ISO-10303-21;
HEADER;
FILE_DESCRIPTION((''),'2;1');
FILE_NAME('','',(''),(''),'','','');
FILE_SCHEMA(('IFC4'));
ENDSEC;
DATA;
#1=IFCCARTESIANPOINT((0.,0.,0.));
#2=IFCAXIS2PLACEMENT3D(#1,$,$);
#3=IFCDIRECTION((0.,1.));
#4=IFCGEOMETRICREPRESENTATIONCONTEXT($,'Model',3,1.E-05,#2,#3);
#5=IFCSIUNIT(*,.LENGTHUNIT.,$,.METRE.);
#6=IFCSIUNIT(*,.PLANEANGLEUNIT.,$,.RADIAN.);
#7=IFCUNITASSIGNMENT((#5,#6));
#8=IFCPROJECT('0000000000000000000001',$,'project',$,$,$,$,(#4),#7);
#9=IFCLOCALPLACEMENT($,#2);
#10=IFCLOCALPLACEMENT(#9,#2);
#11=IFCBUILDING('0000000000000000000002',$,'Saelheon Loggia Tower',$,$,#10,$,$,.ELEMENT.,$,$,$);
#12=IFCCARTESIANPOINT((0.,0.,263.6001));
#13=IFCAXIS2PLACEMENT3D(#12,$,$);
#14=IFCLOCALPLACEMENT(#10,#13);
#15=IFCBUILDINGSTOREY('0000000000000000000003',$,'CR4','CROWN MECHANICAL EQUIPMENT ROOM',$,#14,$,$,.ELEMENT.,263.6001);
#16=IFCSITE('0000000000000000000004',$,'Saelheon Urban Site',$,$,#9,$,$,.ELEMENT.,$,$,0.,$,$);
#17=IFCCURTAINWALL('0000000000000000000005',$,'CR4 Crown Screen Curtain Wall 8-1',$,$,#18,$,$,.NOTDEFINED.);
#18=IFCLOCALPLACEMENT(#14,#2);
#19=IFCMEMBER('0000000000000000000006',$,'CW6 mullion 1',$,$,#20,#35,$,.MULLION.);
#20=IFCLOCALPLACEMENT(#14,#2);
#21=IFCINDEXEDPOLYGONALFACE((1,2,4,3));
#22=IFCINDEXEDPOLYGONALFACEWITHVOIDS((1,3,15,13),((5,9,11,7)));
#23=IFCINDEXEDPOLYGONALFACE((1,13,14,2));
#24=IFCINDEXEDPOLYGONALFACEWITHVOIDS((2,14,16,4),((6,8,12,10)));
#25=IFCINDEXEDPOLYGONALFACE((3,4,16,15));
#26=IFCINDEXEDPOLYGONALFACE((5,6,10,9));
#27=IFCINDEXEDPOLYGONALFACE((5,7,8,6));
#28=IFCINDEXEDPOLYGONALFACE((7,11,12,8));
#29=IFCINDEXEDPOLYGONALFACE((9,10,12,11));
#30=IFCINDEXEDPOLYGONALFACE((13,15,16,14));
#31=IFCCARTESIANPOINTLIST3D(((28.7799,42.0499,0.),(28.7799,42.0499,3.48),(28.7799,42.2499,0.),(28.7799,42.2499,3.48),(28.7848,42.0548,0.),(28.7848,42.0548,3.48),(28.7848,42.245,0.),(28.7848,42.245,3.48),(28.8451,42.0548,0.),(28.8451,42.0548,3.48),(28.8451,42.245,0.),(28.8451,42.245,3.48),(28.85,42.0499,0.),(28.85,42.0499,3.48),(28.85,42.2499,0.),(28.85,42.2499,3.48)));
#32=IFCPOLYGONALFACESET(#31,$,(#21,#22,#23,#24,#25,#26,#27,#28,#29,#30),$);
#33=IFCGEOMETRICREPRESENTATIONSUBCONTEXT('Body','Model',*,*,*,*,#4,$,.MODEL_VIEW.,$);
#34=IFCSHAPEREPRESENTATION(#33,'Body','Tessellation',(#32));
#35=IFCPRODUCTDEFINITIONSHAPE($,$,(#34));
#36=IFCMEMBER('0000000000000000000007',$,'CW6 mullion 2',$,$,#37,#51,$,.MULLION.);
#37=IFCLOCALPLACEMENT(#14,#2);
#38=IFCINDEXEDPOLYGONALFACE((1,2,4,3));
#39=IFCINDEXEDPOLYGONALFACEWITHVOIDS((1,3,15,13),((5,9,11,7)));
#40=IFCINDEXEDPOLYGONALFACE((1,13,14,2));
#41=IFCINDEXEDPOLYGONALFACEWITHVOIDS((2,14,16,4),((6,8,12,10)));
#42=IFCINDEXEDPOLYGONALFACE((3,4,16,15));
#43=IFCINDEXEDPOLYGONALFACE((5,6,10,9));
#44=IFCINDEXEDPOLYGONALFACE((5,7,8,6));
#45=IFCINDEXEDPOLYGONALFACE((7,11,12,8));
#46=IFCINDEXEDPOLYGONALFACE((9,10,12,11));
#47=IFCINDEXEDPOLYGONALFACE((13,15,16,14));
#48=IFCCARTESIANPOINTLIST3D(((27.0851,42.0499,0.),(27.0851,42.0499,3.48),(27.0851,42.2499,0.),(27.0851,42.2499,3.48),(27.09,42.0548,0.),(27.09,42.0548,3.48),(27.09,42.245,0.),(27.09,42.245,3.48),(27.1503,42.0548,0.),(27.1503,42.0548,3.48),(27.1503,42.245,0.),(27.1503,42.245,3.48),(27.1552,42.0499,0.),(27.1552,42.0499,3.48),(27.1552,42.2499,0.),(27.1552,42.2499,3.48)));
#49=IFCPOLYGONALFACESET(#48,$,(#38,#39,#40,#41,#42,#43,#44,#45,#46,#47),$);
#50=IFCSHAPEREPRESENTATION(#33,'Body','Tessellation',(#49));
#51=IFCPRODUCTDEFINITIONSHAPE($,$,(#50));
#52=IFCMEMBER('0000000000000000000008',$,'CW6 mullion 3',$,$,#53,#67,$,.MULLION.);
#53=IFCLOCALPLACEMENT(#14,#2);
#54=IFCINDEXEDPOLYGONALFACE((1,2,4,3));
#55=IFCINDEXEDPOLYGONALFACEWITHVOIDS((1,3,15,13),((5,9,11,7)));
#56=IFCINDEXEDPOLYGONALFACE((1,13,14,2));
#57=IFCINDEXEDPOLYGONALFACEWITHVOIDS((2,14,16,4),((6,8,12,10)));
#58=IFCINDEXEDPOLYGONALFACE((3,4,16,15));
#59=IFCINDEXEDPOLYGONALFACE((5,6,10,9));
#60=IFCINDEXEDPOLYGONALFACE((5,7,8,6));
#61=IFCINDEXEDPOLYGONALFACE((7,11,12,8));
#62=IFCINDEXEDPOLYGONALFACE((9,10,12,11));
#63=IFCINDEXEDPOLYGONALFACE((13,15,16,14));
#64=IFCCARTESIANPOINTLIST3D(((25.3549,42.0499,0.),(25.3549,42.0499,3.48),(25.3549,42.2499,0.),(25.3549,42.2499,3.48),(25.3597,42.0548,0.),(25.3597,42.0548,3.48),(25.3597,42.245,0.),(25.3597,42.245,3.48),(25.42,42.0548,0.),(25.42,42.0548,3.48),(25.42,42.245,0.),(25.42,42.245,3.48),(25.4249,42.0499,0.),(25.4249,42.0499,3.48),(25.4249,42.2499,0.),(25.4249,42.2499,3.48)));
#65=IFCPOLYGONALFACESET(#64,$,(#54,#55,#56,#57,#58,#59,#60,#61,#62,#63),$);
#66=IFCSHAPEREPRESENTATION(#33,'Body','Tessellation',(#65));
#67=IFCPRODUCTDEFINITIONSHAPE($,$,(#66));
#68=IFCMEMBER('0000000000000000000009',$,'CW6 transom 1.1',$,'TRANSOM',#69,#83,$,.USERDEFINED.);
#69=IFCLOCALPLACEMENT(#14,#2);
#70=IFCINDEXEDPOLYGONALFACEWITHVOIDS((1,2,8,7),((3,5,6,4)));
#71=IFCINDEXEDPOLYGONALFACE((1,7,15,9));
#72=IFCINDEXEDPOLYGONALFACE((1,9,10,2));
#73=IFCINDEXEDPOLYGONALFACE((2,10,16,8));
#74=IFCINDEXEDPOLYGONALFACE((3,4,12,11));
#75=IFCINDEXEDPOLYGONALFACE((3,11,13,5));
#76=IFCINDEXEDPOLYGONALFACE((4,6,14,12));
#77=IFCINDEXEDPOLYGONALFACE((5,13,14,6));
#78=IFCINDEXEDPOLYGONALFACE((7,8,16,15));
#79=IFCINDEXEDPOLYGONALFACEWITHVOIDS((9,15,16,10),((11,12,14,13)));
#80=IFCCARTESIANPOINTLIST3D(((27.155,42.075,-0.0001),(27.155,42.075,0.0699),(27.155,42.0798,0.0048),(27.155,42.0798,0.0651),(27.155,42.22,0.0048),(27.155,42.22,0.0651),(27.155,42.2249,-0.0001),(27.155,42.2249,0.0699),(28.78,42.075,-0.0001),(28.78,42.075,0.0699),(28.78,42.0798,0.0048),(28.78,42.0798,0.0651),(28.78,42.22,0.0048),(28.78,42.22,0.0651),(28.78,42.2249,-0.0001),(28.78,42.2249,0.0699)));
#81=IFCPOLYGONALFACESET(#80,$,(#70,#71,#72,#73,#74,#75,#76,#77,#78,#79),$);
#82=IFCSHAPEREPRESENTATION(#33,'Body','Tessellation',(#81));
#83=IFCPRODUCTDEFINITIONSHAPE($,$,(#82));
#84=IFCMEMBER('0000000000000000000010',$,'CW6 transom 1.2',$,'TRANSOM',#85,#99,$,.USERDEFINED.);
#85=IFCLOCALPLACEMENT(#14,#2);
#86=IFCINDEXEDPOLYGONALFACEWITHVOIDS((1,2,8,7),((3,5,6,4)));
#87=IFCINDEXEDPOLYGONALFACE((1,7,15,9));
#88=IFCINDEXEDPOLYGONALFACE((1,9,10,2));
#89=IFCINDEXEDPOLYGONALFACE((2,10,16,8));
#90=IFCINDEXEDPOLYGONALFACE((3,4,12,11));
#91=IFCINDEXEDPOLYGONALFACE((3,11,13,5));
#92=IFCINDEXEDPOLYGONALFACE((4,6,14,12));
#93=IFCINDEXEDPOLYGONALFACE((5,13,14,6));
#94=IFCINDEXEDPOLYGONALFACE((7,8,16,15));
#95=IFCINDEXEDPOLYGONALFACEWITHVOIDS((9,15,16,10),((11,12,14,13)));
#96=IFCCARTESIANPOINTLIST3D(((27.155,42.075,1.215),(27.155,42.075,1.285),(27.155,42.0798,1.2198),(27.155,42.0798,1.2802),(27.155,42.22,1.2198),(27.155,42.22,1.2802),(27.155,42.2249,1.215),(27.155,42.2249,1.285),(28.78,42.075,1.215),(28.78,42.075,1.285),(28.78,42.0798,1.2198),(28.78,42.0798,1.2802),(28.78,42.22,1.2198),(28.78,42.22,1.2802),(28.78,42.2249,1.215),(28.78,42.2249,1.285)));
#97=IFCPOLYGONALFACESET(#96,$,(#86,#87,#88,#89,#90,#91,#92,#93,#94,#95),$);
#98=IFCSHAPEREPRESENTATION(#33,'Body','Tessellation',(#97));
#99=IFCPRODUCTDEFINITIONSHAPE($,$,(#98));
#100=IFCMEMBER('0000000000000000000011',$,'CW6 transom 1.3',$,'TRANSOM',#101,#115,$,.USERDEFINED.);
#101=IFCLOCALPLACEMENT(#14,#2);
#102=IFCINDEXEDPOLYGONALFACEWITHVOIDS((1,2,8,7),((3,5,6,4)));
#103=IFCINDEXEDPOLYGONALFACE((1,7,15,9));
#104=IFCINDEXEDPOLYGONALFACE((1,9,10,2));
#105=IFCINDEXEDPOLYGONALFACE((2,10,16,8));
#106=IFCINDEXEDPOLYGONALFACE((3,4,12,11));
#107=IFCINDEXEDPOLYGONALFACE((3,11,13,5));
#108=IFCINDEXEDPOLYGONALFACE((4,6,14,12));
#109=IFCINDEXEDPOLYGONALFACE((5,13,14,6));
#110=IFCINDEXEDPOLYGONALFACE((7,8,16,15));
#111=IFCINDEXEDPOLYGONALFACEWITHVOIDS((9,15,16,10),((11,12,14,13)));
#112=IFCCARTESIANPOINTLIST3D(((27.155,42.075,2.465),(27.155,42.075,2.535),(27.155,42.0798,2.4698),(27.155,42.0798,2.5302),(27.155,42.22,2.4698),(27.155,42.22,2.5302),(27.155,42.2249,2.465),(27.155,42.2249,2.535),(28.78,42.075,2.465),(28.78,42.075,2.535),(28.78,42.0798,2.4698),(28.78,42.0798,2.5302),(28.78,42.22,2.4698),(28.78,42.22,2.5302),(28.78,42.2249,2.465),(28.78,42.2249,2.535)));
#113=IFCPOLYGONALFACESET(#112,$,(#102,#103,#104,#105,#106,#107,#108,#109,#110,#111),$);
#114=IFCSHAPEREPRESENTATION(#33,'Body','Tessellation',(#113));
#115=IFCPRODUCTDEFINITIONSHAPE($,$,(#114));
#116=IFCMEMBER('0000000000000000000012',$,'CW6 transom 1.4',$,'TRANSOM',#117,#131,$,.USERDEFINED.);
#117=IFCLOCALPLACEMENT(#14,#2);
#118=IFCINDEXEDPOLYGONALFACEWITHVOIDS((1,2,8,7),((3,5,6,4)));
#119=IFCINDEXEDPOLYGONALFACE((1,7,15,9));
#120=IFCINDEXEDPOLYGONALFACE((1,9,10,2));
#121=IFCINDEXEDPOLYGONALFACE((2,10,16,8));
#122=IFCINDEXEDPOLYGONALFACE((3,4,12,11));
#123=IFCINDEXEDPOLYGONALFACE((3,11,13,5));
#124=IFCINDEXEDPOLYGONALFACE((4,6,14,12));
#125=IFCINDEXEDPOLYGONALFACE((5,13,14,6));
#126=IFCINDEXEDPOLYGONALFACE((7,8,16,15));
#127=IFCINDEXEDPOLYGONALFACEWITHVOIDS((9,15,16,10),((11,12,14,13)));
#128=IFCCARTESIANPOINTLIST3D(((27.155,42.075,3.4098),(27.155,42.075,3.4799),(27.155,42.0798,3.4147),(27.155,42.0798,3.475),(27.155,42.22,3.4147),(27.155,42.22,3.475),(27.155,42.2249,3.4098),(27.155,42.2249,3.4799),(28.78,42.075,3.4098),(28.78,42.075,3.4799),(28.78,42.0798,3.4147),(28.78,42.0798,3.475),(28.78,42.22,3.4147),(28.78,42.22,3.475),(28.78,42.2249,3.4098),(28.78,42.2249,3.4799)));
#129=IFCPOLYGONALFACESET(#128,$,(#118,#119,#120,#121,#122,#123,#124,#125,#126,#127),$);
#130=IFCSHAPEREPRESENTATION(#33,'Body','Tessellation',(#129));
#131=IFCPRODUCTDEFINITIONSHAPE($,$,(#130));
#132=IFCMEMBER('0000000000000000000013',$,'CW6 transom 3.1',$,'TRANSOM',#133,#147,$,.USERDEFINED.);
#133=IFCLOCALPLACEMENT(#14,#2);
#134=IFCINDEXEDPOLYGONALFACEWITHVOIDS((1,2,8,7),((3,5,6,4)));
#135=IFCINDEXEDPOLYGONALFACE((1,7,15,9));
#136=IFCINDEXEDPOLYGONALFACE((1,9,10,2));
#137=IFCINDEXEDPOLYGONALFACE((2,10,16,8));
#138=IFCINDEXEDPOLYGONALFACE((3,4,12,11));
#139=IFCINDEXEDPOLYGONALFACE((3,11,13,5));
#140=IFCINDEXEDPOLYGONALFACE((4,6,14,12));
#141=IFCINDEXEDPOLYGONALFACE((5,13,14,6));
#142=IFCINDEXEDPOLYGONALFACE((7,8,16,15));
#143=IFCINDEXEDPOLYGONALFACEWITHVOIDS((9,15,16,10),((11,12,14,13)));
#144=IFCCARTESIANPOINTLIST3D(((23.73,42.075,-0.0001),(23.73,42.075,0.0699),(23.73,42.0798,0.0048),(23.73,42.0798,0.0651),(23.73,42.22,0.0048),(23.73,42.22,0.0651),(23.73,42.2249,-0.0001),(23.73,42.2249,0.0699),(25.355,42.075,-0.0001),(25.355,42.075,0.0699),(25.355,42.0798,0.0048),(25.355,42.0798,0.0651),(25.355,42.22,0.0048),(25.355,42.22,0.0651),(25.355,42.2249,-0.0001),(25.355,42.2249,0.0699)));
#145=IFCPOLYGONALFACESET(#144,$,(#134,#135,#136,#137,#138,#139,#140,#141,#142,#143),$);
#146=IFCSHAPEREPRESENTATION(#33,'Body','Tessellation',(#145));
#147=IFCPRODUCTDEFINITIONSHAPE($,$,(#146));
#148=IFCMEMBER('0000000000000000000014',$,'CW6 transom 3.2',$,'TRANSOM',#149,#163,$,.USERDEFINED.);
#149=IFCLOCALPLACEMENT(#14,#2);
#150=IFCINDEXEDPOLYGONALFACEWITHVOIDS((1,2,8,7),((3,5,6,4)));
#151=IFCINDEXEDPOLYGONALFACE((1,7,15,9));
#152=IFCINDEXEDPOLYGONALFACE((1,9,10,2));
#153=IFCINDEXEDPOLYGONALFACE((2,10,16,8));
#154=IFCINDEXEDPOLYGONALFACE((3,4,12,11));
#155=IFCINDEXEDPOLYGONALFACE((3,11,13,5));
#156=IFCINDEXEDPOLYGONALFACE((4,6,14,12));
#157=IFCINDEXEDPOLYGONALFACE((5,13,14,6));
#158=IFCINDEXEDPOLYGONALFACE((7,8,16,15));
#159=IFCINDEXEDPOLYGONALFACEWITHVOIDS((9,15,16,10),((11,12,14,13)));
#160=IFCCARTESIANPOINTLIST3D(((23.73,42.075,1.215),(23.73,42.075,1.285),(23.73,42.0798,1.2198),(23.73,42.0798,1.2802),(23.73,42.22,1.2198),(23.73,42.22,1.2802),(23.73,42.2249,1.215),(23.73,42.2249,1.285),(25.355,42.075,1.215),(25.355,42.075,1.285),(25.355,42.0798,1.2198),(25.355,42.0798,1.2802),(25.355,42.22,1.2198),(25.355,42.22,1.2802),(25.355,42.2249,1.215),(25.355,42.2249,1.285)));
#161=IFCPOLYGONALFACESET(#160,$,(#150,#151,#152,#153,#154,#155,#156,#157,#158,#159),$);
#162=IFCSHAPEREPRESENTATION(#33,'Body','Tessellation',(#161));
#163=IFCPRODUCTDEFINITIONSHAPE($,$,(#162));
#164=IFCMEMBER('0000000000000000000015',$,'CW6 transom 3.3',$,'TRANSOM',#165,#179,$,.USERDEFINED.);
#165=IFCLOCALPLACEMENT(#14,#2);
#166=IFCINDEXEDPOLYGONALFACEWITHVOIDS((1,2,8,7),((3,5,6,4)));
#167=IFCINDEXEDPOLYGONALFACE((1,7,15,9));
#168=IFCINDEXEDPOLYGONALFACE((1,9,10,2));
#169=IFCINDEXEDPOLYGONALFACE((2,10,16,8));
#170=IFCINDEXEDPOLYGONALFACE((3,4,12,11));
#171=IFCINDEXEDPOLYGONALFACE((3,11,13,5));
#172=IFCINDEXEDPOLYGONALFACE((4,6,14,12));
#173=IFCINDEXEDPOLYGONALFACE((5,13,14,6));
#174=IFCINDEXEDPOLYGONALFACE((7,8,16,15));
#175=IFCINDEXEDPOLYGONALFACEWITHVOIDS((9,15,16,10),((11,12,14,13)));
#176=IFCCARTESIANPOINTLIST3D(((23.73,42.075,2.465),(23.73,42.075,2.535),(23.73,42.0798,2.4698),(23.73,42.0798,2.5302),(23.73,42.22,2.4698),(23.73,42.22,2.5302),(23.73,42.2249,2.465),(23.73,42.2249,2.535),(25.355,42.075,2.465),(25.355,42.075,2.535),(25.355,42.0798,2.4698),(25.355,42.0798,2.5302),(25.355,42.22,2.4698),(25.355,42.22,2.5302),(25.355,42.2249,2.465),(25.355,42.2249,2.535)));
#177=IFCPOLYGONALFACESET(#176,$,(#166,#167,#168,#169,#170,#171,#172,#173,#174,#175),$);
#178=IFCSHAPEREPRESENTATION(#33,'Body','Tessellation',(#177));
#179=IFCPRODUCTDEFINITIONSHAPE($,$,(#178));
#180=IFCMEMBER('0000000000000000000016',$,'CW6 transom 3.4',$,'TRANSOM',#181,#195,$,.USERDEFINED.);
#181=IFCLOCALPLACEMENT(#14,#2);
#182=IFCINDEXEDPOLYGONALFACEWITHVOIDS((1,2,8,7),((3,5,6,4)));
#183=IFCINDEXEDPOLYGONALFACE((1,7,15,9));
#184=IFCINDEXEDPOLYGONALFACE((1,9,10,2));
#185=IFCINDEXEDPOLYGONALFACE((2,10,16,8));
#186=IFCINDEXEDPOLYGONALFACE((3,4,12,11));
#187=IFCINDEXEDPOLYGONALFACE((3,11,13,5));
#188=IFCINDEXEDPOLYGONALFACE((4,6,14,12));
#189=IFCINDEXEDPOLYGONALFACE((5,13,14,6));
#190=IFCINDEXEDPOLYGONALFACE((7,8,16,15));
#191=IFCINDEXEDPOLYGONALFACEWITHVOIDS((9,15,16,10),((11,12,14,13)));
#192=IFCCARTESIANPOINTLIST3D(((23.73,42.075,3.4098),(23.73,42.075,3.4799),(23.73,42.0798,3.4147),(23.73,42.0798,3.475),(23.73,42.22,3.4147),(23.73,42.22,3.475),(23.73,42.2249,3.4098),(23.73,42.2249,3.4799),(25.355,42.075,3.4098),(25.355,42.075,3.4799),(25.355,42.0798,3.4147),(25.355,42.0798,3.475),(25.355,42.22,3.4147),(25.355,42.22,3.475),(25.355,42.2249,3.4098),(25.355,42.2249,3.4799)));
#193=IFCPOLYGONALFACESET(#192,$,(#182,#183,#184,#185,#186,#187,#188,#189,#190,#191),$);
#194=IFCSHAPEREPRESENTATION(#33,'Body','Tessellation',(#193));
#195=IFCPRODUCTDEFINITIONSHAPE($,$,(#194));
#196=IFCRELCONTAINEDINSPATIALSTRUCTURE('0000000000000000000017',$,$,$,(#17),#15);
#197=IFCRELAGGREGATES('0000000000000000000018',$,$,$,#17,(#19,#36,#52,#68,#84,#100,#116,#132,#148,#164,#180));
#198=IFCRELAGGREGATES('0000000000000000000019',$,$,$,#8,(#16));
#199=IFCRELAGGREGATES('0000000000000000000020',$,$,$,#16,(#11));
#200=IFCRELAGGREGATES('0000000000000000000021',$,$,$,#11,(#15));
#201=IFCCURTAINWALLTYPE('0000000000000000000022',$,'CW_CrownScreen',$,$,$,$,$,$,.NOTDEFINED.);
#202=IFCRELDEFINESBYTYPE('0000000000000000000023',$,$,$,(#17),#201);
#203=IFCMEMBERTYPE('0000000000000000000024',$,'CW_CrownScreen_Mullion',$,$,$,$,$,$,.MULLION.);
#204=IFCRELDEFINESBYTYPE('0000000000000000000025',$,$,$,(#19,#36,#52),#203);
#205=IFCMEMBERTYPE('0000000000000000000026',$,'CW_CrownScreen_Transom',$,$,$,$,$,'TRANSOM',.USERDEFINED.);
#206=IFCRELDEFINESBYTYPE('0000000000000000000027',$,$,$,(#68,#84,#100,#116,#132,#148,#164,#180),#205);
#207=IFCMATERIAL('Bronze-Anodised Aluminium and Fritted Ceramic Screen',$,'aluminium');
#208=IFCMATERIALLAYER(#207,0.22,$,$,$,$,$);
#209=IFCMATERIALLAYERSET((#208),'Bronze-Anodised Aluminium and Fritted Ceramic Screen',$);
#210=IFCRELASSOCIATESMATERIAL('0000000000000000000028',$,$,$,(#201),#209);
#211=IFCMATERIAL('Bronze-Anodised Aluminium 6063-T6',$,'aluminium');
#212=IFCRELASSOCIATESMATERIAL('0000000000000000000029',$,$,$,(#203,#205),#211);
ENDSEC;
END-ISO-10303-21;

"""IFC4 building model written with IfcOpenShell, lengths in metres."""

from ifc_helpers import new_model, si_unit, direction, frame, origin, origin_2d, place, context, subcontext, project, spatial, hollow_rectangle, extrude, source, transform, mapped, material, layer, layer_set, material_profile, profile_set, type_object, element, aggregate, save


model = new_model("IFC4")

# Units and contexts
model_context = context("Model", 3, precision=1e-05, world=origin(), true_north=direction((0.0, 1.0)))
body_context = subcontext(model_context, "Body", "Model", "MODEL_VIEW")
ifc_project = project(units=[si_unit("LENGTHUNIT", "METRE"), si_unit("PLANEANGLEUNIT", "RADIAN")], contexts=[model_context])

# Site, building, storey
site_placement = place(None, origin())
site = spatial("IfcSite", under=ifc_project, at=site_placement, Name="Saelheon Urban Site", CompositionType="ELEMENT", RefElevation=0.0)
building_placement = place(site_placement, origin())
building = spatial("IfcBuilding", under=site, at=building_placement, Name="Saelheon Loggia Tower", CompositionType="ELEMENT")
storey_placement = place(building_placement, frame((0.0, 0.0, 263.6001)))
storey = spatial("IfcBuildingStorey", under=building, at=storey_placement, Name="CR4", Description="CROWN MECHANICAL EQUIPMENT ROOM", CompositionType="ELEMENT", Elevation=263.6001)

# Curtain wall, members
ifc_material_1 = material(Name="Bronze-Anodised Aluminium and Fritted Ceramic Screen", Category="aluminium")
ifc_layer_1 = layer(ifc_material_1, 0.22)
ifc_layer_set_1 = layer_set([ifc_layer_1], Name="Bronze-Anodised Aluminium and Fritted Ceramic Screen")
curtain_wall_type = type_object("IfcCurtainWallType", Name="CW_CrownScreen", PredefinedType="NOTDEFINED", material=ifc_layer_set_1)
curtain_wall_placement = place(storey_placement, origin())
curtain_wall = element("IfcCurtainWall", 1, at=curtain_wall_placement, inside=storey, type_object=curtain_wall_type, Name="CR4 Crown Screen Curtain Wall 8-1", PredefinedType="NOTDEFINED")
ifc_material_2 = material(Name="Bronze-Anodised Aluminium 6063-T6", Category="aluminium")
ifc_material_profile_1 = material_profile(ifc_material_2, hollow_rectangle(XDim=0.0701, YDim=0.2, WallThickness=0.0049, at=origin_2d()), Name="RHS-200x70x5")
ifc_profile_set_1 = profile_set([ifc_material_profile_1], Name="Bronze-Anodised Aluminium 6063-T6")
member_type_1 = type_object("IfcMemberType", Name="CW_CrownScreen_Mullion", PredefinedType="MULLION", material=ifc_profile_set_1)
shared_shape_1 = source(origin(), body_context, "Body", "SweptSolid", [
    extrude(hollow_rectangle(XDim=0.0701, YDim=0.2, WallThickness=0.0049, at=origin_2d()), origin(), (0.0, 0.0, 1.0), 3.48),
])
member_1_placement = place(storey_placement, frame((28.8149, 42.1499, 0.0), z_axis=(0.0, 0.0, 1.0), x_axis=(-1.0, 0.0, 0.0)))
member_1 = element("IfcMember", 2, at=member_1_placement, type_object=member_type_1, Name="CW6 mullion 1", PredefinedType="MULLION", context=body_context, shape_type="MappedRepresentation", body=[
    mapped(shared_shape_1, transform((0.0, 0.0, 0.0), scale=1.0)),
])
member_2_placement = place(storey_placement, frame((27.1201, 42.1499, 0.0), z_axis=(0.0, 0.0, 1.0), x_axis=(-1.0, 0.0, 0.0)))
member_2 = element("IfcMember", 3, at=member_2_placement, type_object=member_type_1, Name="CW6 mullion 2", PredefinedType="MULLION", context=body_context, shape_type="MappedRepresentation", body=[
    mapped(shared_shape_1, transform((0.0, 0.0, 0.0), scale=1.0)),
])
member_3_placement = place(storey_placement, frame((25.3899, 42.1499, 0.0), z_axis=(0.0, 0.0, 1.0), x_axis=(-1.0, 0.0, 0.0)))
member_3 = element("IfcMember", 4, at=member_3_placement, type_object=member_type_1, Name="CW6 mullion 3", PredefinedType="MULLION", context=body_context, shape_type="MappedRepresentation", body=[
    mapped(shared_shape_1, transform((0.0, 0.0, 0.0), scale=1.0)),
])
ifc_material_profile_2 = material_profile(ifc_material_2, hollow_rectangle(XDim=0.0701, YDim=0.1499, WallThickness=0.0049, at=origin_2d()), Name="RHS-150x70x5")
ifc_profile_set_2 = profile_set([ifc_material_profile_2], Name="Bronze-Anodised Aluminium 6063-T6")
member_type_2 = type_object("IfcMemberType", Name="CW_CrownScreen_Transom", ElementType="TRANSOM", PredefinedType="USERDEFINED", material=ifc_profile_set_2)
shared_shape_2 = source(origin(), body_context, "Body", "SweptSolid", [
    extrude(hollow_rectangle(XDim=0.0701, YDim=0.1499, WallThickness=0.0049, at=origin_2d()), origin(), (0.0, 0.0, 1.0), 1.625),
])
member_4_placement = place(storey_placement, frame((28.78, 42.1499, 0.0349), z_axis=(-1.0, 0.0, 0.0), x_axis=(0.0, 0.0, 1.0)))
member_4 = element("IfcMember", 5, at=member_4_placement, type_object=member_type_2, Name="CW6 transom 1.1", ObjectType="TRANSOM", PredefinedType="USERDEFINED", context=body_context, shape_type="MappedRepresentation", body=[
    mapped(shared_shape_2, transform((0.0, 0.0, 0.0), scale=1.0)),
])
member_5_placement = place(storey_placement, frame((28.78, 42.1499, 1.25), z_axis=(-1.0, 0.0, 0.0), x_axis=(0.0, 0.0, 1.0)))
member_5 = element("IfcMember", 6, at=member_5_placement, type_object=member_type_2, Name="CW6 transom 1.2", ObjectType="TRANSOM", PredefinedType="USERDEFINED", context=body_context, shape_type="MappedRepresentation", body=[
    mapped(shared_shape_2, transform((0.0, 0.0, 0.0), scale=1.0)),
])
member_6_placement = place(storey_placement, frame((28.78, 42.1499, 2.5), z_axis=(-1.0, 0.0, 0.0), x_axis=(0.0, 0.0, 1.0)))
member_6 = element("IfcMember", 7, at=member_6_placement, type_object=member_type_2, Name="CW6 transom 1.3", ObjectType="TRANSOM", PredefinedType="USERDEFINED", context=body_context, shape_type="MappedRepresentation", body=[
    mapped(shared_shape_2, transform((0.0, 0.0, 0.0), scale=1.0)),
])
member_7_placement = place(storey_placement, frame((28.78, 42.1499, 3.4448), z_axis=(-1.0, 0.0, 0.0), x_axis=(0.0, 0.0, 1.0)))
member_7 = element("IfcMember", 8, at=member_7_placement, type_object=member_type_2, Name="CW6 transom 1.4", ObjectType="TRANSOM", PredefinedType="USERDEFINED", context=body_context, shape_type="MappedRepresentation", body=[
    mapped(shared_shape_2, transform((0.0, 0.0, 0.0), scale=1.0)),
])
member_8_placement = place(storey_placement, frame((25.355, 42.1499, 0.0349), z_axis=(-1.0, 0.0, 0.0), x_axis=(0.0, 0.0, 1.0)))
member_8 = element("IfcMember", 9, at=member_8_placement, type_object=member_type_2, Name="CW6 transom 3.1", ObjectType="TRANSOM", PredefinedType="USERDEFINED", context=body_context, shape_type="MappedRepresentation", body=[
    mapped(shared_shape_2, transform((0.0, 0.0, 0.0), scale=1.0)),
])
member_9_placement = place(storey_placement, frame((25.355, 42.1499, 1.25), z_axis=(-1.0, 0.0, 0.0), x_axis=(0.0, 0.0, 1.0)))
member_9 = element("IfcMember", 10, at=member_9_placement, type_object=member_type_2, Name="CW6 transom 3.2", ObjectType="TRANSOM", PredefinedType="USERDEFINED", context=body_context, shape_type="MappedRepresentation", body=[
    mapped(shared_shape_2, transform((0.0, 0.0, 0.0), scale=1.0)),
])
member_10_placement = place(storey_placement, frame((25.355, 42.1499, 2.5), z_axis=(-1.0, 0.0, 0.0), x_axis=(0.0, 0.0, 1.0)))
member_10 = element("IfcMember", 11, at=member_10_placement, type_object=member_type_2, Name="CW6 transom 3.3", ObjectType="TRANSOM", PredefinedType="USERDEFINED", context=body_context, shape_type="MappedRepresentation", body=[
    mapped(shared_shape_2, transform((0.0, 0.0, 0.0), scale=1.0)),
])
member_11_placement = place(storey_placement, frame((25.355, 42.1499, 3.4448), z_axis=(-1.0, 0.0, 0.0), x_axis=(0.0, 0.0, 1.0)))
member_11 = element("IfcMember", 12, at=member_11_placement, type_object=member_type_2, Name="CW6 transom 3.4", ObjectType="TRANSOM", PredefinedType="USERDEFINED", context=body_context, shape_type="MappedRepresentation", body=[
    mapped(shared_shape_2, transform((0.0, 0.0, 0.0), scale=1.0)),
])
aggregate(curtain_wall, [member_1, member_2, member_3, member_4, member_5, member_6, member_7, member_8, member_9, member_10, member_11])

save(model, "model.ifc")
